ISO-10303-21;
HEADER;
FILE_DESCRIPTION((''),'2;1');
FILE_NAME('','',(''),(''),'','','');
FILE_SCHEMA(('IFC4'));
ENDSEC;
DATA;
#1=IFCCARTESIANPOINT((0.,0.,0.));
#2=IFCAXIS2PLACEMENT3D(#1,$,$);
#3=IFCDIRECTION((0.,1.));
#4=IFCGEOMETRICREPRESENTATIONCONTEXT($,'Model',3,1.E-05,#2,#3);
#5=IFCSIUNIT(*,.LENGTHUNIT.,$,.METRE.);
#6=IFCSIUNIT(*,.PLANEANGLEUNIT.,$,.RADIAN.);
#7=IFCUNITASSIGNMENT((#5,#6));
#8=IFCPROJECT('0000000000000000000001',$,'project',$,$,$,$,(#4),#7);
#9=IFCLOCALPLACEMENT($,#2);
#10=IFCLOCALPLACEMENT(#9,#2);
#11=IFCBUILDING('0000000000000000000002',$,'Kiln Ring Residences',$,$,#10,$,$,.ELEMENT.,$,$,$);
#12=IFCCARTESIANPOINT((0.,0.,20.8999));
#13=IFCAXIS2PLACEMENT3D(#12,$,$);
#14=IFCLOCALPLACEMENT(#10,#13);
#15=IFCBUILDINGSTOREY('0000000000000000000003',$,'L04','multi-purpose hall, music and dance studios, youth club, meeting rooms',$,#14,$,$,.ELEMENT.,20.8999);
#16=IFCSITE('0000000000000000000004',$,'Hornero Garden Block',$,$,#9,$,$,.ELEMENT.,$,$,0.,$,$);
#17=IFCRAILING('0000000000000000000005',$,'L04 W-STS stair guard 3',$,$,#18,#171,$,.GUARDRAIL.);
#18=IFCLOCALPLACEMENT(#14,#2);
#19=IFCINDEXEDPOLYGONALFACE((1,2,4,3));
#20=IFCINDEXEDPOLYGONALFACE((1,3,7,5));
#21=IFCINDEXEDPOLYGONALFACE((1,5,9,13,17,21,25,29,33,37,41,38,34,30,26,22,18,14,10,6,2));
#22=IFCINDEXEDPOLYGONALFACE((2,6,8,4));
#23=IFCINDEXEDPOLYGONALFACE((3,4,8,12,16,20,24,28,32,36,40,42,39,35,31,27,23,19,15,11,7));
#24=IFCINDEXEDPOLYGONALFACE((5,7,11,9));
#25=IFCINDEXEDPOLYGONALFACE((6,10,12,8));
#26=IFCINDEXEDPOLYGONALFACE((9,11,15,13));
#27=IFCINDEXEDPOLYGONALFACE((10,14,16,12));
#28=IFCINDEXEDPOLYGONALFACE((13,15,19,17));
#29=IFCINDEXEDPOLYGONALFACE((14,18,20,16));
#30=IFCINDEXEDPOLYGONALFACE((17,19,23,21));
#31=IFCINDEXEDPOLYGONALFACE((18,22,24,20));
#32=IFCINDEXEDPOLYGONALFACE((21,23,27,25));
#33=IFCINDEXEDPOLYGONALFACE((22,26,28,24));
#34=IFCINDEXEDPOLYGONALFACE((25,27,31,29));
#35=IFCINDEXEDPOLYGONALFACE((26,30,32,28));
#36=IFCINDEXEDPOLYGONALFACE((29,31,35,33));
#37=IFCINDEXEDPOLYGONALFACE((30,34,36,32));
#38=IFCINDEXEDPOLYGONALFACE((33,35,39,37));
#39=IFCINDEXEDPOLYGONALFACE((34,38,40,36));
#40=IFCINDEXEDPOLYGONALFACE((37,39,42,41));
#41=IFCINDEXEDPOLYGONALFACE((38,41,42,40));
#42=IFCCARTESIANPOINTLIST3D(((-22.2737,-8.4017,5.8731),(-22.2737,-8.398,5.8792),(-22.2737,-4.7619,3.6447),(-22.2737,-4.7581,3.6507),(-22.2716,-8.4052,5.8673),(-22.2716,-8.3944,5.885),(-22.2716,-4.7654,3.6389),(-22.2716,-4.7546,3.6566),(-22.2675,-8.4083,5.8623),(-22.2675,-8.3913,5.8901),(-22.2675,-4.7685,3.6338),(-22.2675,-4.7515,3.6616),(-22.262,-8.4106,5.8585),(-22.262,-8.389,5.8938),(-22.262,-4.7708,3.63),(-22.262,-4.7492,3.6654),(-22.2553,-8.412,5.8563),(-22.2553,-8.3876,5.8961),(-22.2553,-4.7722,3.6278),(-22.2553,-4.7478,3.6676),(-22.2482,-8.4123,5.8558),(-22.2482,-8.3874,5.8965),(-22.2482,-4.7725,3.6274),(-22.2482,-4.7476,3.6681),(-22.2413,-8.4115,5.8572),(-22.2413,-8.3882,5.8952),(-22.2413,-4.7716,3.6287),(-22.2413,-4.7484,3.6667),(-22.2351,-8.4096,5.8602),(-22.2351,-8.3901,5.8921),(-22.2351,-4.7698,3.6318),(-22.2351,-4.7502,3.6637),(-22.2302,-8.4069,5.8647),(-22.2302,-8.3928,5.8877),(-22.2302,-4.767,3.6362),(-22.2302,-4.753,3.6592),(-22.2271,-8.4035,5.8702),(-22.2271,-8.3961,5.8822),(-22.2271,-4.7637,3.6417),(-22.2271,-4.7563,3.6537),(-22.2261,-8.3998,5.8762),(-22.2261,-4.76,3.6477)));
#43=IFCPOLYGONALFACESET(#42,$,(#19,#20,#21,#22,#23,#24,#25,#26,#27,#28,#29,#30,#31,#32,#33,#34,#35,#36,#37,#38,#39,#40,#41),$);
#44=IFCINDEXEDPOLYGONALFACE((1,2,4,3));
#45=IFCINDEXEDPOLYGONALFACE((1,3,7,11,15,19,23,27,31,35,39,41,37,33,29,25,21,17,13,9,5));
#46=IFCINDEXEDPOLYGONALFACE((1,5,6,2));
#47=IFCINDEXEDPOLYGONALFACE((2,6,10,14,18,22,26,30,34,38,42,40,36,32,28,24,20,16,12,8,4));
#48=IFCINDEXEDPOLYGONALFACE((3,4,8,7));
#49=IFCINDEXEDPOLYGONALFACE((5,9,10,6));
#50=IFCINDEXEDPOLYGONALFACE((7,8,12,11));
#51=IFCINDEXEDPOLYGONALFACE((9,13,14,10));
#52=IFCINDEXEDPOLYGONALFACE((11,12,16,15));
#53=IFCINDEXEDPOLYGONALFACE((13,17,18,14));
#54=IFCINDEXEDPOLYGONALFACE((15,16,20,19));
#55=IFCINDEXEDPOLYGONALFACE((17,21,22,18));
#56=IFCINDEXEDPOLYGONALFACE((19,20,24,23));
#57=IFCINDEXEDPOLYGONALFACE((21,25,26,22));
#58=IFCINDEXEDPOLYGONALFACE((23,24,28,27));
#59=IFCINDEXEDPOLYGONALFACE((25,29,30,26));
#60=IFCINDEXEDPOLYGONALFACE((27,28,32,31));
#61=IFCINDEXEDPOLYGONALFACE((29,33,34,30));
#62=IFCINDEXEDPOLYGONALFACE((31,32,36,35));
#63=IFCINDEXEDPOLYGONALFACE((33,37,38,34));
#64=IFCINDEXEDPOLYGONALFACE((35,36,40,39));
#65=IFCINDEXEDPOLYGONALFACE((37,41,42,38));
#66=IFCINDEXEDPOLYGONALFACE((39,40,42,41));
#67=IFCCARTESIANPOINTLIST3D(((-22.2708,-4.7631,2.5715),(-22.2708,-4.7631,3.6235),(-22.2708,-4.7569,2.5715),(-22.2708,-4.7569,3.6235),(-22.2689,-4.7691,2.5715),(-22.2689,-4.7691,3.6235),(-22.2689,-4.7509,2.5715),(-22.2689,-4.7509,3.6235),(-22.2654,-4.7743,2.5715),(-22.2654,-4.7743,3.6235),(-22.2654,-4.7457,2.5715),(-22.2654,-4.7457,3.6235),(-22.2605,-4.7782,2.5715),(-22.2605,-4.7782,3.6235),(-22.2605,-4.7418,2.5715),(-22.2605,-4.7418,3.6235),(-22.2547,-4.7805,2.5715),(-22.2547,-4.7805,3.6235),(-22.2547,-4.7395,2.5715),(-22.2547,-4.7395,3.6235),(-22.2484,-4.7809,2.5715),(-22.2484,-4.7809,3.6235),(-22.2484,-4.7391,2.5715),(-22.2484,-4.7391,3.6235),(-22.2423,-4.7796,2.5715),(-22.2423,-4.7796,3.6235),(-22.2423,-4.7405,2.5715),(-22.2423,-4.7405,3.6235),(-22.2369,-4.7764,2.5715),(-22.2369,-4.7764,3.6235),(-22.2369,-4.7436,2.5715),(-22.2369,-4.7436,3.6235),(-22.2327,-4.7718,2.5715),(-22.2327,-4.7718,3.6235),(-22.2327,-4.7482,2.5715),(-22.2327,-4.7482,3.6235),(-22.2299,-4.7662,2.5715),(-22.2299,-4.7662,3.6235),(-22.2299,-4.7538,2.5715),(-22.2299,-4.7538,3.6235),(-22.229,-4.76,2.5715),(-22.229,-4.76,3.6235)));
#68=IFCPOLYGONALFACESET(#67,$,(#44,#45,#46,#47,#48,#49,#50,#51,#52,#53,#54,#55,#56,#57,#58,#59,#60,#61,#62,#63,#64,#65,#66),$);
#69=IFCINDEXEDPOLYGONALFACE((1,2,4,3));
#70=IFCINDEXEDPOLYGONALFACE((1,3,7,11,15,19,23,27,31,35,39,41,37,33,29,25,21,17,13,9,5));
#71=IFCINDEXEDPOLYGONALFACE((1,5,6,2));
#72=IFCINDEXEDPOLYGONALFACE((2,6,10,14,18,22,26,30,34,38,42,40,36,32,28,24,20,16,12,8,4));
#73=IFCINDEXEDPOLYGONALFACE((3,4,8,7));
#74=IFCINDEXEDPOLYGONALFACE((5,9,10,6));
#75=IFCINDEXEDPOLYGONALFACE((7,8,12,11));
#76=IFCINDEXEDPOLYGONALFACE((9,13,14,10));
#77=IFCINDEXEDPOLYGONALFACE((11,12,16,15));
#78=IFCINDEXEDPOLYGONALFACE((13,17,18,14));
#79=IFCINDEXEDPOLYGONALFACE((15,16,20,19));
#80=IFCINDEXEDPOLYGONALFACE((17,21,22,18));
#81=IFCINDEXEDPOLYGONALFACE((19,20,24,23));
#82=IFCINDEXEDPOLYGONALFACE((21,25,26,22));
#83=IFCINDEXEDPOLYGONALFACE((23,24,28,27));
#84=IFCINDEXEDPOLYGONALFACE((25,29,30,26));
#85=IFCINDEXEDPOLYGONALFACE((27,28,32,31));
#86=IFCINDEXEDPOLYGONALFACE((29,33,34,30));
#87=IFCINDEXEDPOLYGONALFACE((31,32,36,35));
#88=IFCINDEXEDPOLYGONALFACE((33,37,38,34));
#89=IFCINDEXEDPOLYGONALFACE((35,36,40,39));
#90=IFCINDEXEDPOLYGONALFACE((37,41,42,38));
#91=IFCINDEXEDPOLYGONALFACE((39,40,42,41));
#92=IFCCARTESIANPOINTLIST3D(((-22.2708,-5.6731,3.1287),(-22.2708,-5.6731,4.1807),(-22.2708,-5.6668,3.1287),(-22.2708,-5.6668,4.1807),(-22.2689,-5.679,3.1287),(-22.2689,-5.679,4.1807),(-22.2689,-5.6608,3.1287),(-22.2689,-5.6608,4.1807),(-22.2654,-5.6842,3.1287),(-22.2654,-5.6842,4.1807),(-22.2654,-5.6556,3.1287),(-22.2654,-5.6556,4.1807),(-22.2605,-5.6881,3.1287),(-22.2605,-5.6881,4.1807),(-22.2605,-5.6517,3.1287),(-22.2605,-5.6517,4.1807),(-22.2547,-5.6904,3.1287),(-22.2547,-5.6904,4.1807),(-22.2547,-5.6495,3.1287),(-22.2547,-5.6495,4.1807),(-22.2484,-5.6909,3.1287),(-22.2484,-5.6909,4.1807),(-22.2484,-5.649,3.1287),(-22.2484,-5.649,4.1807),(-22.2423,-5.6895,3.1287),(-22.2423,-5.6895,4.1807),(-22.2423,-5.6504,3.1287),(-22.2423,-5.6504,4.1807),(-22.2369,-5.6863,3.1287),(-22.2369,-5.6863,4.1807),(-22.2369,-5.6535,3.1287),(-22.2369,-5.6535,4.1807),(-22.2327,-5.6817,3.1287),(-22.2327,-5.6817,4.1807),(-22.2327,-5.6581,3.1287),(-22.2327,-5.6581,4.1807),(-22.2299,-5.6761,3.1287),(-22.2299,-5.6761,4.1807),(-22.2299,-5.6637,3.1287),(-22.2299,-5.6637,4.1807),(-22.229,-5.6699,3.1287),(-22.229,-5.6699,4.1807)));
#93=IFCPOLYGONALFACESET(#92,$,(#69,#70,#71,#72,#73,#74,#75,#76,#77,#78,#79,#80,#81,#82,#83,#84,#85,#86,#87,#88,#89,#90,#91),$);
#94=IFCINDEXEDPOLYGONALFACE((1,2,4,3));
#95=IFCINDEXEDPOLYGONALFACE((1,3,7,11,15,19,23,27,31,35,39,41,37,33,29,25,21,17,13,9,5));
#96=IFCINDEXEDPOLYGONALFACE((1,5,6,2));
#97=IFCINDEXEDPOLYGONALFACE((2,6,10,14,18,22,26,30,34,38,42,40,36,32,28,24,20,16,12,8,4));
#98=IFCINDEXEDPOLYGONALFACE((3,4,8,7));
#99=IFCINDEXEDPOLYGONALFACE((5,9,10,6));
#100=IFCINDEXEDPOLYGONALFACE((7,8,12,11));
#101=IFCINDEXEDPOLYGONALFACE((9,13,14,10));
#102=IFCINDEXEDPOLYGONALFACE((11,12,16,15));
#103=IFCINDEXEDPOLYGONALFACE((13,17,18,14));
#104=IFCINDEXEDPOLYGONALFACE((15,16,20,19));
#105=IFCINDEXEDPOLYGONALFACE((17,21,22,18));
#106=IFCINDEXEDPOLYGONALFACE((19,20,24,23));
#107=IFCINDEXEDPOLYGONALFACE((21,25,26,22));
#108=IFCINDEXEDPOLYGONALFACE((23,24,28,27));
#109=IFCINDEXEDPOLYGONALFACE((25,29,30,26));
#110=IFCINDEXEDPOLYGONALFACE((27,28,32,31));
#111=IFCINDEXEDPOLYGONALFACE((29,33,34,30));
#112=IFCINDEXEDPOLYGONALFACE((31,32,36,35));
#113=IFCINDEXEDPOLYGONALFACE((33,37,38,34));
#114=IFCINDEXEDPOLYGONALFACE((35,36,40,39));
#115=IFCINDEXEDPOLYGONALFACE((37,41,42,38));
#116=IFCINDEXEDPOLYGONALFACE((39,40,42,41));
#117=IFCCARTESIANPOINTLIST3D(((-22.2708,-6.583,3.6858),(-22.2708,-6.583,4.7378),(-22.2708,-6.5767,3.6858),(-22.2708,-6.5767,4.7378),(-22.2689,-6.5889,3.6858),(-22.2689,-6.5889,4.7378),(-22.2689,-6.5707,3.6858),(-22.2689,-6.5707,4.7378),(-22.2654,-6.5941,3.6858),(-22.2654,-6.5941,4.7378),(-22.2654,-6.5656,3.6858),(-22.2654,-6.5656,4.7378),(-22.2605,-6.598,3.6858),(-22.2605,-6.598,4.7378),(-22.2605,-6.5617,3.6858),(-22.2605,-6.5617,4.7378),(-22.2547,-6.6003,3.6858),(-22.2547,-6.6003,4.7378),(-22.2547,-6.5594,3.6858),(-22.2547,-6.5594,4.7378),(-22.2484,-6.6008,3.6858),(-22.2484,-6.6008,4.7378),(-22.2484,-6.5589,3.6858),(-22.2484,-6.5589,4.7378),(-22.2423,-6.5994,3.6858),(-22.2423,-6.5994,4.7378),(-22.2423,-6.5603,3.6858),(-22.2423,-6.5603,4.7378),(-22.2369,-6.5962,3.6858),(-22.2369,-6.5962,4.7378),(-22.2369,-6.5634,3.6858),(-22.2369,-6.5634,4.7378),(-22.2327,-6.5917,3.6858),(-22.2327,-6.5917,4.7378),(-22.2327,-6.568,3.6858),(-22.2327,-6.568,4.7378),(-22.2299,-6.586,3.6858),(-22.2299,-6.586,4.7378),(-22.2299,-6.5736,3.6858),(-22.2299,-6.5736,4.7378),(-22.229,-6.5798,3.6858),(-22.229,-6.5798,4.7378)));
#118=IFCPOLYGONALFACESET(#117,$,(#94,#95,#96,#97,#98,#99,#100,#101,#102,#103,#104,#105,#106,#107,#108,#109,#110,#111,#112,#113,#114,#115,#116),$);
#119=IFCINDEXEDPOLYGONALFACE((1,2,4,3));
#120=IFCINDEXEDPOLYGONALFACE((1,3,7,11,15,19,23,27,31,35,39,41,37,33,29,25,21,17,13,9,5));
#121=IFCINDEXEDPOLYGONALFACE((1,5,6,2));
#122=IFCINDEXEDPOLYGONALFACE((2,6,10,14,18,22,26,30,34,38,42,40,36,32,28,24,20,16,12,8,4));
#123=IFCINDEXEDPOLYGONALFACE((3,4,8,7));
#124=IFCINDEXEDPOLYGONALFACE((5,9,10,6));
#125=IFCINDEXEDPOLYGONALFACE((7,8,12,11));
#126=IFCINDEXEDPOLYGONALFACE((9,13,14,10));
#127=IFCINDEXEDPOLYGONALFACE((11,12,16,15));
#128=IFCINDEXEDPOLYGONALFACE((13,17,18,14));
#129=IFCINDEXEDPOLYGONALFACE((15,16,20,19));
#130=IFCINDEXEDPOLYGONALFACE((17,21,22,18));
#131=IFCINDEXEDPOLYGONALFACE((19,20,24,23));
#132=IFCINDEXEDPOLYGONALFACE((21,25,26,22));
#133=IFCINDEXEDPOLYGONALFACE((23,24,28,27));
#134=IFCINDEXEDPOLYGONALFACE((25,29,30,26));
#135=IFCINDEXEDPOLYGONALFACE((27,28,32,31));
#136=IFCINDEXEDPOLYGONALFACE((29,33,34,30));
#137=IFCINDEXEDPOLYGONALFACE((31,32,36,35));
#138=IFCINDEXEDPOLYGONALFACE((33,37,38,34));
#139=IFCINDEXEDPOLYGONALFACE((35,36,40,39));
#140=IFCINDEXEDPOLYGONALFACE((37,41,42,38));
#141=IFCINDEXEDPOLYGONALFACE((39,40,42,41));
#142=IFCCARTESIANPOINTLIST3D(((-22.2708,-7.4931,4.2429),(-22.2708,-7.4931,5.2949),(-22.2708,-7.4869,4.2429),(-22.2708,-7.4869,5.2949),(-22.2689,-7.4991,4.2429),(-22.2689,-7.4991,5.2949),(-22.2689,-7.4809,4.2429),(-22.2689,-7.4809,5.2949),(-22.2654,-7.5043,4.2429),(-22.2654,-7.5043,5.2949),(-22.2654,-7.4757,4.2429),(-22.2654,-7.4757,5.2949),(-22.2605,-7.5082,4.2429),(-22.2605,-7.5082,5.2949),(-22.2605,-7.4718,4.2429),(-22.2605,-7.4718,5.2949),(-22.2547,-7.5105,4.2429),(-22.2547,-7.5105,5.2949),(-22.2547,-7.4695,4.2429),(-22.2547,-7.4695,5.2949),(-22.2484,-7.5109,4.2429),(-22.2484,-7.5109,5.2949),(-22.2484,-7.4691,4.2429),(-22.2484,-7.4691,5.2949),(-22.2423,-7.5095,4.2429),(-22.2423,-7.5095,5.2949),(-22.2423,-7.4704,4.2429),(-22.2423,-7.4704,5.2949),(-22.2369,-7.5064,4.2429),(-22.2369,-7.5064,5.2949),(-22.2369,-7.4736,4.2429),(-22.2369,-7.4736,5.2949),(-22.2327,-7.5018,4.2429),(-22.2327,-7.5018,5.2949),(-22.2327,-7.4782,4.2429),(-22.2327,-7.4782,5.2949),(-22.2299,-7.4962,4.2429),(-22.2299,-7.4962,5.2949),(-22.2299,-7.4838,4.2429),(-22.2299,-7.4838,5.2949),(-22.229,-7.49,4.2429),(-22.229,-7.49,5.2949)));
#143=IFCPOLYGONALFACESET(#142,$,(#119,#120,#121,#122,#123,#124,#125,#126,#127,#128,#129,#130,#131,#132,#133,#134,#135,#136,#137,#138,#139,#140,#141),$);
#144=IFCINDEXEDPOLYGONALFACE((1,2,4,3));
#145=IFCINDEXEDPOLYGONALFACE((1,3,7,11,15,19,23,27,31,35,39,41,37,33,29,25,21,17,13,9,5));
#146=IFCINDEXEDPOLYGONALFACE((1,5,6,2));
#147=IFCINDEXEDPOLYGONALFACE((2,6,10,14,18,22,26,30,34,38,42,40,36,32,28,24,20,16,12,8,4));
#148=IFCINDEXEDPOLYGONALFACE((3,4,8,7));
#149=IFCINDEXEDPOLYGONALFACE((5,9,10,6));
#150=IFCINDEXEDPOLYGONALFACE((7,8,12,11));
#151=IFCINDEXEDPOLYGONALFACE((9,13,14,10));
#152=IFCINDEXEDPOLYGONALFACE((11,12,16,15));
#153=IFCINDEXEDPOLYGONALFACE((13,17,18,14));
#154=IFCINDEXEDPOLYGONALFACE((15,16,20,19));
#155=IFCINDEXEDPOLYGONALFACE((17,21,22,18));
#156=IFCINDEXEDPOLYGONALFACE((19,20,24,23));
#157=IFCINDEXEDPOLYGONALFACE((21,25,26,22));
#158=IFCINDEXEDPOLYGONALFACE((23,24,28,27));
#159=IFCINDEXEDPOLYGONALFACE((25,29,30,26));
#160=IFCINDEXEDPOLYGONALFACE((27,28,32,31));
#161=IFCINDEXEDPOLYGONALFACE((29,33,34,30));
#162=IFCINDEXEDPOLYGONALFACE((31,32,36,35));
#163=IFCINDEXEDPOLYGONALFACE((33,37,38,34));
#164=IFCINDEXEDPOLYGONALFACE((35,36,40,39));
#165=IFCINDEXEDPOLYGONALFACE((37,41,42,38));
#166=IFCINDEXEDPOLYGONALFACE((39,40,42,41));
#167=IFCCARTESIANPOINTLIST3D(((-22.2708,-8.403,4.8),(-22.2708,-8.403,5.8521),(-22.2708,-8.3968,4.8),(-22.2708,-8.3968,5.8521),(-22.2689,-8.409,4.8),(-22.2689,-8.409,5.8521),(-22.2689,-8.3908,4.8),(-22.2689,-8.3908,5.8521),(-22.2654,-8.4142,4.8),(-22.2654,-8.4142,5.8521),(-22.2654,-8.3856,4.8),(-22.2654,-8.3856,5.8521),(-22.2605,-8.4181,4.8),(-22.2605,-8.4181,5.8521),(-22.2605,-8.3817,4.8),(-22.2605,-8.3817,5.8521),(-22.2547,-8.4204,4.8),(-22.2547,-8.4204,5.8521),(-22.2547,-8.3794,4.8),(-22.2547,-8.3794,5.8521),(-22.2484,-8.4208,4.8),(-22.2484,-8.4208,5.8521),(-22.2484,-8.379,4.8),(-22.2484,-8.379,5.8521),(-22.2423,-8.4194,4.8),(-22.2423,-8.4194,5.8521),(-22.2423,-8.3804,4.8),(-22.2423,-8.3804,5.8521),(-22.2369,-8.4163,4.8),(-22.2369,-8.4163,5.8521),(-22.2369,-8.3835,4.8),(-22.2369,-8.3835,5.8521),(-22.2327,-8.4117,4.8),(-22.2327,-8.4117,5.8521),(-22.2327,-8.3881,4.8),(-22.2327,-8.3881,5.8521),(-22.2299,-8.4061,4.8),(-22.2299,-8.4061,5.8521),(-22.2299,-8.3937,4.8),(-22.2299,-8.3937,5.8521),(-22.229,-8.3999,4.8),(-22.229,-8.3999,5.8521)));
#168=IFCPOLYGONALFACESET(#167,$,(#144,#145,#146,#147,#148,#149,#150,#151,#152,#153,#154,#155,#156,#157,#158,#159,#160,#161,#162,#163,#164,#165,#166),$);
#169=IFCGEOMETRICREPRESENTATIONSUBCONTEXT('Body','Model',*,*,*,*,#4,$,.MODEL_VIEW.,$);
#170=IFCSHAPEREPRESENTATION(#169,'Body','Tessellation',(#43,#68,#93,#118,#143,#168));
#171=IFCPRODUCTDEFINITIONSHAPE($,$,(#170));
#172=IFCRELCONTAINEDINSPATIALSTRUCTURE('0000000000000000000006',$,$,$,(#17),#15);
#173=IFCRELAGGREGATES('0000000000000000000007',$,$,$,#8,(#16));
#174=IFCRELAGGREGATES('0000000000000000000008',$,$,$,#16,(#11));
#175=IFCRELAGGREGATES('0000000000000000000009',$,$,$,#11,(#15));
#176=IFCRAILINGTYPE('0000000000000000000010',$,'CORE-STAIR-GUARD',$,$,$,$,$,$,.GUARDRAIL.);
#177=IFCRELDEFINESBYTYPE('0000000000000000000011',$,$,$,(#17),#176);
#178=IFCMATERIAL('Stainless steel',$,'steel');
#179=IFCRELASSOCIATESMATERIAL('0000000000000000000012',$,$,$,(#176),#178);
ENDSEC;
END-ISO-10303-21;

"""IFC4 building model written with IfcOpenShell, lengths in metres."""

from ifc_helpers import new_model, si_unit, direction, frame, origin, origin_2d, place, context, subcontext, project, spatial, circle, extrude, material, type_object, element, save


model = new_model("IFC4")

# Units and contexts
model_context = context("Model", 3, precision=1e-05, world=origin(), true_north=direction((0.0, 1.0)))
body_context = subcontext(model_context, "Body", "Model", "MODEL_VIEW")
ifc_project = project(units=[si_unit("LENGTHUNIT", "METRE"), si_unit("PLANEANGLEUNIT", "RADIAN")], contexts=[model_context])

# Site, building, storey
site_placement = place(None, origin())
site = spatial("IfcSite", under=ifc_project, at=site_placement, Name="Hornero Garden Block", CompositionType="ELEMENT", RefElevation=0.0)
building_placement = place(site_placement, origin())
building = spatial("IfcBuilding", under=site, at=building_placement, Name="Kiln Ring Residences", CompositionType="ELEMENT")
storey_placement = place(building_placement, frame((0.0, 0.0, 20.8999)))
storey = spatial("IfcBuildingStorey", under=building, at=storey_placement, Name="L04", Description="multi-purpose hall, music and dance studios, youth club, meeting rooms", CompositionType="ELEMENT", Elevation=20.8999)

# Railing
ifc_material_1 = material(Name="Stainless steel", Category="steel")
railing_type_1 = type_object("IfcRailingType", Name="CORE-STAIR-GUARD", PredefinedType="GUARDRAIL", material=ifc_material_1)
railing_1_placement = place(storey_placement, frame((-22.25, -4.76, 2.5715)))
element("IfcRailing", 1, at=railing_1_placement, inside=storey, type_object=railing_type_1, Name="L04 W-STS stair guard 3", PredefinedType="GUARDRAIL", context=body_context, shape_type="SweptSolid", body=[
    extrude(circle(Radius=0.0239, at=origin_2d()), frame((0.0, 0.0, 1.0762), z_axis=(0.0, -0.85285, 0.522156), x_axis=(1.0, 0.0, 0.0)), (0.0, 0.0, 1.0), 4.2678),
    extrude(circle(Radius=0.021, at=origin_2d()), origin(), (0.0, 0.0, 1.0), 1.052),
    extrude(circle(Radius=0.021, at=origin_2d()), frame((0.0, -0.9099, 0.5571)), (0.0, 0.0, 1.0), 1.052),
    extrude(circle(Radius=0.021, at=origin_2d()), frame((0.0, -1.8198, 1.1143)), (0.0, 0.0, 1.0), 1.052),
    extrude(circle(Radius=0.021, at=origin_2d()), frame((0.0, -2.73, 1.6714)), (0.0, 0.0, 1.0), 1.052),
    extrude(circle(Radius=0.021, at=origin_2d()), frame((0.0, -3.6399, 2.2285)), (0.0, 0.0, 1.0), 1.052),
])

save(model, "model.ifc")
